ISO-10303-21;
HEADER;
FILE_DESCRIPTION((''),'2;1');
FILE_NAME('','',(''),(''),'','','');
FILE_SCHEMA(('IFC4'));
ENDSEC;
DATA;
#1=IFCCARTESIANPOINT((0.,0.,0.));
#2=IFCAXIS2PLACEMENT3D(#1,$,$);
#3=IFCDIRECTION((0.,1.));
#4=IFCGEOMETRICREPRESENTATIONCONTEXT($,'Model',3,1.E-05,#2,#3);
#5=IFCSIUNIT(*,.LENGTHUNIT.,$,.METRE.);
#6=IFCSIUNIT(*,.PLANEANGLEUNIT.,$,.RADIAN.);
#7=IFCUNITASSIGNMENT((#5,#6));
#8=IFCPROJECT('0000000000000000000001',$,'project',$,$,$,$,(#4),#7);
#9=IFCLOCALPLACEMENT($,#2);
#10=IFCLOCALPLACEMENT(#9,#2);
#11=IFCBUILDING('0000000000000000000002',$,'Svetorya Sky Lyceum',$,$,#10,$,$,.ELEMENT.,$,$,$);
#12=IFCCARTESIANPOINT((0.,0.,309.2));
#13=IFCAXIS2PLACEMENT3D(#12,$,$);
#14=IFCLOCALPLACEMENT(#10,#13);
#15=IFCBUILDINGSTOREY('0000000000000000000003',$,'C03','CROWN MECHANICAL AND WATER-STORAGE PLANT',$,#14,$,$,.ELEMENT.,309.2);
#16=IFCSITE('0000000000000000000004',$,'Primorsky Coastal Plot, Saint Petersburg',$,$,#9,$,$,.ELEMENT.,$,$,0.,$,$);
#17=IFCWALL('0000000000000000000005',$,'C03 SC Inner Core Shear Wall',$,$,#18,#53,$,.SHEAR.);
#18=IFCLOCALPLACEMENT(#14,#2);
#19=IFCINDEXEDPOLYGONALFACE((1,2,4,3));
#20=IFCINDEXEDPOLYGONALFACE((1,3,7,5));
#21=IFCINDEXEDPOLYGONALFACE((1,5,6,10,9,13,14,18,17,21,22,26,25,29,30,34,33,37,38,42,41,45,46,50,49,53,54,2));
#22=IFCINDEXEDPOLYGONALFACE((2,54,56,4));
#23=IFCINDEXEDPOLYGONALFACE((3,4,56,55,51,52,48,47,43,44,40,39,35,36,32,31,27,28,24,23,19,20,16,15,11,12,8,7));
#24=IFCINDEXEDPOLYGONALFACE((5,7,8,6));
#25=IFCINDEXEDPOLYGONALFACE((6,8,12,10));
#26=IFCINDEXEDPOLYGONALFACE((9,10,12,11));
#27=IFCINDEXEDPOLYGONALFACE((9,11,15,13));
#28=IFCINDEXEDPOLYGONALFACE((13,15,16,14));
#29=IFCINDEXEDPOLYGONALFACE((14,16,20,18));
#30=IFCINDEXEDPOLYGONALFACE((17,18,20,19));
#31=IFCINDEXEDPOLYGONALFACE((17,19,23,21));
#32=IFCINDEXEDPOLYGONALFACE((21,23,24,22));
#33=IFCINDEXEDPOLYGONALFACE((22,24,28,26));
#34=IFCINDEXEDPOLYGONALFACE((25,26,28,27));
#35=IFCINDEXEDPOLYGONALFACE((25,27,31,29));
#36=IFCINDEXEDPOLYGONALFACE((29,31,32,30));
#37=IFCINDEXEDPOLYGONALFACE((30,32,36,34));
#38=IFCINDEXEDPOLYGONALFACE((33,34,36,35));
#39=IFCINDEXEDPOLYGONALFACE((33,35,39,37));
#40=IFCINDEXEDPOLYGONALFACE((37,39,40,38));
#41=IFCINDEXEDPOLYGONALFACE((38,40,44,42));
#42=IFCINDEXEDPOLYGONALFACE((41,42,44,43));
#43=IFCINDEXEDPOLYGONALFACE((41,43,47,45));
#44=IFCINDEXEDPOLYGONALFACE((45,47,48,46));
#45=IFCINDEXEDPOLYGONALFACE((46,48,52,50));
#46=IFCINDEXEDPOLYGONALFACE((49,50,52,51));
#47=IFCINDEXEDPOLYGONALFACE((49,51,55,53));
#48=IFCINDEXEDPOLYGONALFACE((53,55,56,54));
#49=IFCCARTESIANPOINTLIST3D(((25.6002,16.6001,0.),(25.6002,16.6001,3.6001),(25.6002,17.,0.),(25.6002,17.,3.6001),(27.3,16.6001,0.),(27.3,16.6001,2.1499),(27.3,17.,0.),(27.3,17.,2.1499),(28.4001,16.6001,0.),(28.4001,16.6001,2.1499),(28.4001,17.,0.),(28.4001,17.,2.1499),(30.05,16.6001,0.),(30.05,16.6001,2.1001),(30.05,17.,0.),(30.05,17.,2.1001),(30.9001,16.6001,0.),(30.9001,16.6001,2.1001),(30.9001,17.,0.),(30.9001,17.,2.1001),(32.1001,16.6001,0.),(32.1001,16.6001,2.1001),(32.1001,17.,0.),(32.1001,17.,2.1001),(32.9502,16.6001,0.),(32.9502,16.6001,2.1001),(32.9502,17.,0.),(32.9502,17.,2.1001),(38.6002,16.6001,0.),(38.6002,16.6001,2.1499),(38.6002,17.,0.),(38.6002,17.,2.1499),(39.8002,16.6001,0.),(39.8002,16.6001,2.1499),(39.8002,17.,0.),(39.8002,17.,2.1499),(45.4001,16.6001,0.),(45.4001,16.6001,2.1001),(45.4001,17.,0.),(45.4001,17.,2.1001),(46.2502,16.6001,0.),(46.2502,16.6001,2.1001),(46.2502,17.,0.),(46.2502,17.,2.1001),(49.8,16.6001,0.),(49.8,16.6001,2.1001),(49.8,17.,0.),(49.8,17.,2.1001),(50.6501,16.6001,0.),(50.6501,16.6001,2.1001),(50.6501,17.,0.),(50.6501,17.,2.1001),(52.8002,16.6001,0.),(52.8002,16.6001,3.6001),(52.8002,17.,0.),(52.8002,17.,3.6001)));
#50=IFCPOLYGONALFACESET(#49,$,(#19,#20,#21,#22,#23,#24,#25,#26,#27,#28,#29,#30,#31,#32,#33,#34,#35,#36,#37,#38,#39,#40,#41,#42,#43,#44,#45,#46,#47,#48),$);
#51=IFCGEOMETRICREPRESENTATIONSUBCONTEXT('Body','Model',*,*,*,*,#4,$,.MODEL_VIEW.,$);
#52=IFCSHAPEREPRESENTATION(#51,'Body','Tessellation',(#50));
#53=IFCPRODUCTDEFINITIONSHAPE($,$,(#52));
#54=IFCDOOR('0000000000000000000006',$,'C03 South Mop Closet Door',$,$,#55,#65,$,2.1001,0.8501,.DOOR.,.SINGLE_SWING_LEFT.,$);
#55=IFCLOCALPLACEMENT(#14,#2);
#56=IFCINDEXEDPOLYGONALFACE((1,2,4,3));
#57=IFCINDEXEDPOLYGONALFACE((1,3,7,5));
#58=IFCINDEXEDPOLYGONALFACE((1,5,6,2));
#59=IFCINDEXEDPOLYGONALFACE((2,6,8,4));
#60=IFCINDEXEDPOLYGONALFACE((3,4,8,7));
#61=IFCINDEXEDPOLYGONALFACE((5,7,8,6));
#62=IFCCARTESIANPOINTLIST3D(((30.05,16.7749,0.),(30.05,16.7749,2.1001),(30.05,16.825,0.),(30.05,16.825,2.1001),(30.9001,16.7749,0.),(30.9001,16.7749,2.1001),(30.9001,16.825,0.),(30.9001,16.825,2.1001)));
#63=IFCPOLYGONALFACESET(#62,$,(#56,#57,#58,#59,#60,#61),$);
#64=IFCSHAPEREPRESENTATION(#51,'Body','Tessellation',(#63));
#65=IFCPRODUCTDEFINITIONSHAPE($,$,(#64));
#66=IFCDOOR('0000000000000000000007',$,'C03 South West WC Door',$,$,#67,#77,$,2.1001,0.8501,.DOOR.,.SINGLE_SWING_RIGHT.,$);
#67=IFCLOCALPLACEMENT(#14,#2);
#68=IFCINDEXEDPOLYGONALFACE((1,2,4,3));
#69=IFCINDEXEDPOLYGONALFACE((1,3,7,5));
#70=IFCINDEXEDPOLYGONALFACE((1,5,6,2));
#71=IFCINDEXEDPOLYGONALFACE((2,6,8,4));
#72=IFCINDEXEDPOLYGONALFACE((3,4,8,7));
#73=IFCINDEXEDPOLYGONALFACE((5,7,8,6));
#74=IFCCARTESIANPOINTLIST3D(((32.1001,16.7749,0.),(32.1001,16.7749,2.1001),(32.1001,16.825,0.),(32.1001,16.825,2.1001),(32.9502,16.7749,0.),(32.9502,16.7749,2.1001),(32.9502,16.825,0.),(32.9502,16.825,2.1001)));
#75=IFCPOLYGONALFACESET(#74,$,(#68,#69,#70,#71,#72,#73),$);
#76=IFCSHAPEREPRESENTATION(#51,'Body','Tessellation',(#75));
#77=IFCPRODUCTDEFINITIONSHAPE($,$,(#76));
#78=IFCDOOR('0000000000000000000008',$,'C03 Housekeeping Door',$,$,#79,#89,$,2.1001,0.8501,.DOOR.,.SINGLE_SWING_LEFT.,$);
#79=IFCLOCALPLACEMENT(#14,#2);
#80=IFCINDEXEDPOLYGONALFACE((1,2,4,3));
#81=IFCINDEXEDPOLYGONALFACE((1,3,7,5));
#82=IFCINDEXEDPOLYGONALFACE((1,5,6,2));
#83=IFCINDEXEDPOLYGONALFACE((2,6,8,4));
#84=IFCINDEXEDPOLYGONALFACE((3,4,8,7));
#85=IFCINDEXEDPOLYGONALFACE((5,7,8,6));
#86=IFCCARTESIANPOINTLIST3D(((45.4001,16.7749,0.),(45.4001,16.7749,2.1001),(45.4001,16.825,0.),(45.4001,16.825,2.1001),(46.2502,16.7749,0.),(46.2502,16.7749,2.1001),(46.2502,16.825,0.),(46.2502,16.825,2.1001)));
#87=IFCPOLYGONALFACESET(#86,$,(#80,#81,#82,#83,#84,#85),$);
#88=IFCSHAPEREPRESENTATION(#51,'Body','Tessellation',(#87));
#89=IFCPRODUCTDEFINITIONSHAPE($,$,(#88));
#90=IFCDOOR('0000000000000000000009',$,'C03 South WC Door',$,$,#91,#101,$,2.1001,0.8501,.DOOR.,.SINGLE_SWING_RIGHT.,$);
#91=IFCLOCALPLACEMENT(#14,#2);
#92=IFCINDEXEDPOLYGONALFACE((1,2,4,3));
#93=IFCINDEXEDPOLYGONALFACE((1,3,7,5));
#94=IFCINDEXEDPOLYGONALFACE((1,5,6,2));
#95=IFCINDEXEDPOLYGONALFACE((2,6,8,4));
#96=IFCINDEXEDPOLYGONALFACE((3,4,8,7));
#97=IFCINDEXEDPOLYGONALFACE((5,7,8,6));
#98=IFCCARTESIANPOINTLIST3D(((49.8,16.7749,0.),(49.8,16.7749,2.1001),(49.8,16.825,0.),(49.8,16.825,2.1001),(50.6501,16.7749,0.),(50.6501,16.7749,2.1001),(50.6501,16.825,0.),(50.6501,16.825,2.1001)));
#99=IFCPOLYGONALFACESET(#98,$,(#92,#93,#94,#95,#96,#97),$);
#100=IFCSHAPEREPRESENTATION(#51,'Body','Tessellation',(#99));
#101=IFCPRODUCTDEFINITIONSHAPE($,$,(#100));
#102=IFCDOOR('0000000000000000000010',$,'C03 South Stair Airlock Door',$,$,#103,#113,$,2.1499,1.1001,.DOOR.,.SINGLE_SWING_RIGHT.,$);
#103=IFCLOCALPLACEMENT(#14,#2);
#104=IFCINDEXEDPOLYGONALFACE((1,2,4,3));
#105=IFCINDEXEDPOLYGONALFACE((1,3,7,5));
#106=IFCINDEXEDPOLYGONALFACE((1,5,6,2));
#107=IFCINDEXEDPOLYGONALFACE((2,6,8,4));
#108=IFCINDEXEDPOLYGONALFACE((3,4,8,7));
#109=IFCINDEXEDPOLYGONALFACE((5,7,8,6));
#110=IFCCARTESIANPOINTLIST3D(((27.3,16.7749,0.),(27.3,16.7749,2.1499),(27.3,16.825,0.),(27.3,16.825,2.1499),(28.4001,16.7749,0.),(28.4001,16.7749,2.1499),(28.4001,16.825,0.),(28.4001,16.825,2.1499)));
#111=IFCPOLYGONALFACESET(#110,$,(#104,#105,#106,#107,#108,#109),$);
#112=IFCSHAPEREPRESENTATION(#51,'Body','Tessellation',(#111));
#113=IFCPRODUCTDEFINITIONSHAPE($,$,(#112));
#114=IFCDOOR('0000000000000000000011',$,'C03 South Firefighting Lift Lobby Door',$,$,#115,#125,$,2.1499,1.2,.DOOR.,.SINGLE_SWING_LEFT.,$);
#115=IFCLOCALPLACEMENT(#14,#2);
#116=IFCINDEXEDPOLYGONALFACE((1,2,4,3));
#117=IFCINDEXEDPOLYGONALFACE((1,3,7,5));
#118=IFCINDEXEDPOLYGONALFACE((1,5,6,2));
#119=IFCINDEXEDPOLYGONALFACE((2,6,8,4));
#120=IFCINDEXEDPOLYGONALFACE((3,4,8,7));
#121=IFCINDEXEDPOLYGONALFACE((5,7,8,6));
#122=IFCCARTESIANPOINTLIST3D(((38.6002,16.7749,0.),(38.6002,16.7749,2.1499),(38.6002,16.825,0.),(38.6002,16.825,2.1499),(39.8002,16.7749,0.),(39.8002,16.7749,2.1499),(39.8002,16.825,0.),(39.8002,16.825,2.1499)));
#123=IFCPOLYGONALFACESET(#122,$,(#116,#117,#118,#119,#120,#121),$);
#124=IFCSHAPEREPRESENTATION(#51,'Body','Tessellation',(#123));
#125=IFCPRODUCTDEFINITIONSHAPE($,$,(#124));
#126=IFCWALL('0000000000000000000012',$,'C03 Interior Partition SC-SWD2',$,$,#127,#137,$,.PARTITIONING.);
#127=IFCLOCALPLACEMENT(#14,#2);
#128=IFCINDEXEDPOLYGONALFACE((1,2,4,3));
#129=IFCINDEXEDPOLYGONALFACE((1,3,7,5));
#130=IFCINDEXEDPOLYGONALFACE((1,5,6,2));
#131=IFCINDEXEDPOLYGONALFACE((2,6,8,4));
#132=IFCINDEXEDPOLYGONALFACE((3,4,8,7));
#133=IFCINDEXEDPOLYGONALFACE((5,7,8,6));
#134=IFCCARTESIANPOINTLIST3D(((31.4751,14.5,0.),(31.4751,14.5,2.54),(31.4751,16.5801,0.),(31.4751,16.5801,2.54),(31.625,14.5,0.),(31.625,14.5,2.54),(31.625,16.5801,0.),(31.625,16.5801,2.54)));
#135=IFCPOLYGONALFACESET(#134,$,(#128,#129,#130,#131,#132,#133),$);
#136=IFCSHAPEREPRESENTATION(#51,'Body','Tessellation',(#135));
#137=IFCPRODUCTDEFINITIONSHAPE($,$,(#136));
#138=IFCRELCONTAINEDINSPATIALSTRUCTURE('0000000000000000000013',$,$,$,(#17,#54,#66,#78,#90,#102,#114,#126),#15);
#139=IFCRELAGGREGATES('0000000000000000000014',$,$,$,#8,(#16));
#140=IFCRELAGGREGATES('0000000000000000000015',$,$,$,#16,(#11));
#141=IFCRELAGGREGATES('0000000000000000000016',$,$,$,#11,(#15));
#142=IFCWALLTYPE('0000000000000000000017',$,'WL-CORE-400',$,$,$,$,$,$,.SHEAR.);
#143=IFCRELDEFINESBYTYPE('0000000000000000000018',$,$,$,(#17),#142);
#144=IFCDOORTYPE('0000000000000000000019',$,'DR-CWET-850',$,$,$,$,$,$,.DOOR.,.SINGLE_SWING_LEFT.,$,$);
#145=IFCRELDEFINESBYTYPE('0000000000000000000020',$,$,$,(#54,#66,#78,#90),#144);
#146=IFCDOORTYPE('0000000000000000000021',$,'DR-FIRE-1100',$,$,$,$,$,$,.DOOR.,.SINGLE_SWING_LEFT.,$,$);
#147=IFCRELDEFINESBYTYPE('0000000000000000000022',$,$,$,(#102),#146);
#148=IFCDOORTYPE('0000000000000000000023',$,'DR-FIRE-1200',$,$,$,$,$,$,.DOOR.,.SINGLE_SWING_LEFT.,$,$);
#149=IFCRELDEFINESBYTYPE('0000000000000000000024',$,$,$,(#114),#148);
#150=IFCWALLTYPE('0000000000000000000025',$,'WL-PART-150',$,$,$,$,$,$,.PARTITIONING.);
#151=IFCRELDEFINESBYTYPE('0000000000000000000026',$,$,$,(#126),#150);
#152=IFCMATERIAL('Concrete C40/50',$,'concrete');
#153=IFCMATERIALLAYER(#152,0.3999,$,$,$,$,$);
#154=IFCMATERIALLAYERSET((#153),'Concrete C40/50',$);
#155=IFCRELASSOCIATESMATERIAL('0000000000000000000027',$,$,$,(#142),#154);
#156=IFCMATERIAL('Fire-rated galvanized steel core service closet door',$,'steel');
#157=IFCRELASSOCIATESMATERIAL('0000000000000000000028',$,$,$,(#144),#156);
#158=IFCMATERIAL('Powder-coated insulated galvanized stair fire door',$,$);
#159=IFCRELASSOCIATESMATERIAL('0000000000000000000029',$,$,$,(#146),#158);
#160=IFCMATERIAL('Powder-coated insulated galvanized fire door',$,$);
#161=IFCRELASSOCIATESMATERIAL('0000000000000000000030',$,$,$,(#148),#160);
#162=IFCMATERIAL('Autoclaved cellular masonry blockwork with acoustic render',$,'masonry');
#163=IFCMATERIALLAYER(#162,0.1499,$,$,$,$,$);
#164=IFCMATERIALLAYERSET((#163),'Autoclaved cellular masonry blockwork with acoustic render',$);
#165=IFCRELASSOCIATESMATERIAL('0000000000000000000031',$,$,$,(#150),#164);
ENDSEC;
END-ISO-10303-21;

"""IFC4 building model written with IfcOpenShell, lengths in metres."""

from ifc_helpers import new_model, si_unit, direction, frame, frame_2d, origin, place, context, subcontext, project, spatial, rectangle, extrude, material, layer, layer_set, type_object, element, fill, save


model = new_model("IFC4")

# Units and contexts
model_context = context("Model", 3, precision=1e-05, world=origin(), true_north=direction((0.0, 1.0)))
body_context = subcontext(model_context, "Body", "Model", "MODEL_VIEW")
ifc_project = project(units=[si_unit("LENGTHUNIT", "METRE"), si_unit("PLANEANGLEUNIT", "RADIAN")], contexts=[model_context])

# Site, building, storey
site_placement = place(None, origin())
site = spatial("IfcSite", under=ifc_project, at=site_placement, Name="Primorsky Coastal Plot, Saint Petersburg", CompositionType="ELEMENT", RefElevation=0.0)
building_placement = place(site_placement, origin())
building = spatial("IfcBuilding", under=site, at=building_placement, Name="Svetorya Sky Lyceum", CompositionType="ELEMENT")
storey_placement = place(building_placement, frame((0.0, 0.0, 309.2)))
storey = spatial("IfcBuildingStorey", under=building, at=storey_placement, Name="C03", Description="CROWN MECHANICAL AND WATER-STORAGE PLANT", CompositionType="ELEMENT", Elevation=309.2)

# Shared definitions
ifc_material_1 = material(Name="Concrete C40/50", Category="concrete")

# Wall, openings, doors
ifc_layer_1 = layer(ifc_material_1, 0.3999)
ifc_layer_set_1 = layer_set([ifc_layer_1], Name="Concrete C40/50")
wall_type_1 = type_object("IfcWallType", Name="WL-CORE-400", PredefinedType="SHEAR", material=ifc_layer_set_1)
wall_1_placement = place(storey_placement, frame((25.6001, 16.8, 0.0), z_axis=(0.0, 0.0, 1.0), x_axis=(1.0, 0.0, 0.0)))
wall_1 = element("IfcWall", 1, at=wall_1_placement, inside=storey, type_object=wall_type_1, Name="C03 SC Inner Core Shear Wall", PredefinedType="SHEAR", context=body_context, shape_type="SweptSolid", body=[
    extrude(rectangle(XDim=27.2, YDim=0.3999, at=frame_2d((13.6001, 0.0))), origin(), (0.0, 0.0, 1.0), 3.6001),
])
opening_1_placement = place(wall_1_placement, frame((1.7, 0.0, 0.0)))
opening_1 = element("IfcOpeningElement", 2, at=opening_1_placement, cuts=wall_1, PredefinedType="OPENING", context=body_context, shape_type="SweptSolid", body=[
    extrude(rectangle(XDim=1.1001, YDim=2.1499, at=frame_2d((0.55, 1.075))), frame((0.0, 0.21, 0.0), z_axis=(0.0, -1.0, 0.0), x_axis=(1.0, 0.0, 0.0)), (0.0, 0.0, 1.0), 0.4199),
])
opening_2_placement = place(wall_1_placement, frame((4.45, 0.0, 0.0)))
opening_2 = element("IfcOpeningElement", 3, at=opening_2_placement, cuts=wall_1, PredefinedType="OPENING", context=body_context, shape_type="SweptSolid", body=[
    extrude(rectangle(XDim=0.8501, YDim=2.1001, at=frame_2d((0.425, 1.05))), frame((0.0, 0.21, 0.0), z_axis=(0.0, -1.0, 0.0), x_axis=(1.0, 0.0, 0.0)), (0.0, 0.0, 1.0), 0.4199),
])
opening_3_placement = place(wall_1_placement, frame((6.5, 0.0, 0.0)))
opening_3 = element("IfcOpeningElement", 4, at=opening_3_placement, cuts=wall_1, PredefinedType="OPENING", context=body_context, shape_type="SweptSolid", body=[
    extrude(rectangle(XDim=0.8501, YDim=2.1001, at=frame_2d((0.425, 1.05))), frame((0.0, 0.21, 0.0), z_axis=(0.0, -1.0, 0.0), x_axis=(1.0, 0.0, 0.0)), (0.0, 0.0, 1.0), 0.4199),
])
opening_4_placement = place(wall_1_placement, frame((13.0, 0.0, 0.0)))
opening_4 = element("IfcOpeningElement", 5, at=opening_4_placement, cuts=wall_1, PredefinedType="OPENING", context=body_context, shape_type="SweptSolid", body=[
    extrude(rectangle(XDim=1.2, YDim=2.1499, at=frame_2d((0.6001, 1.075))), frame((0.0, 0.21, 0.0), z_axis=(0.0, -1.0, 0.0), x_axis=(1.0, 0.0, 0.0)), (0.0, 0.0, 1.0), 0.4199),
])
opening_5_placement = place(wall_1_placement, frame((19.8, 0.0, 0.0)))
opening_5 = element("IfcOpeningElement", 6, at=opening_5_placement, cuts=wall_1, PredefinedType="OPENING", context=body_context, shape_type="SweptSolid", body=[
    extrude(rectangle(XDim=0.8501, YDim=2.1001, at=frame_2d((0.425, 1.05))), frame((0.0, 0.21, 0.0), z_axis=(0.0, -1.0, 0.0), x_axis=(1.0, 0.0, 0.0)), (0.0, 0.0, 1.0), 0.4199),
])
opening_6_placement = place(wall_1_placement, frame((24.2, 0.0, 0.0)))
opening_6 = element("IfcOpeningElement", 7, at=opening_6_placement, cuts=wall_1, PredefinedType="OPENING", context=body_context, shape_type="SweptSolid", body=[
    extrude(rectangle(XDim=0.8501, YDim=2.1001, at=frame_2d((0.425, 1.05))), frame((0.0, 0.21, 0.0), z_axis=(0.0, -1.0, 0.0), x_axis=(1.0, 0.0, 0.0)), (0.0, 0.0, 1.0), 0.4199),
])
ifc_material_2 = material(Name="Fire-rated galvanized steel core service closet door", Category="steel")
door_type_1 = type_object("IfcDoorType", Name="DR-CWET-850", OperationType="SINGLE_SWING_LEFT", PredefinedType="DOOR", material=ifc_material_2)
door_1_placement = place(opening_2_placement, origin())
door_1 = element("IfcDoor", 8, at=door_1_placement, inside=storey, type_object=door_type_1, Name="C03 South Mop Closet Door", OperationType="SINGLE_SWING_LEFT", OverallHeight=2.1001, OverallWidth=0.8501, PredefinedType="DOOR", context=body_context, shape_type="SweptSolid", body=[
    extrude(rectangle(XDim=0.8501, YDim=2.1001, at=frame_2d((0.425, 1.05))), frame((0.0, 0.0249, 0.0), z_axis=(0.0, -1.0, 0.0), x_axis=(1.0, 0.0, 0.0)), (0.0, 0.0, 1.0), 0.05),
])
fill(opening_2, door_1)
door_2_placement = place(opening_3_placement, origin())
door_2 = element("IfcDoor", 9, at=door_2_placement, inside=storey, type_object=door_type_1, Name="C03 South West WC Door", OperationType="SINGLE_SWING_RIGHT", OverallHeight=2.1001, OverallWidth=0.8501, PredefinedType="DOOR", context=body_context, shape_type="SweptSolid", body=[
    extrude(rectangle(XDim=0.8501, YDim=2.1001, at=frame_2d((0.425, 1.05))), frame((0.0, 0.0249, 0.0), z_axis=(0.0, -1.0, 0.0), x_axis=(1.0, 0.0, 0.0)), (0.0, 0.0, 1.0), 0.05),
])
fill(opening_3, door_2)
door_3_placement = place(opening_5_placement, origin())
door_3 = element("IfcDoor", 10, at=door_3_placement, inside=storey, type_object=door_type_1, Name="C03 Housekeeping Door", OperationType="SINGLE_SWING_LEFT", OverallHeight=2.1001, OverallWidth=0.8501, PredefinedType="DOOR", context=body_context, shape_type="SweptSolid", body=[
    extrude(rectangle(XDim=0.8501, YDim=2.1001, at=frame_2d((0.425, 1.05))), frame((0.0, 0.0249, 0.0), z_axis=(0.0, -1.0, 0.0), x_axis=(1.0, 0.0, 0.0)), (0.0, 0.0, 1.0), 0.05),
])
fill(opening_5, door_3)
door_4_placement = place(opening_6_placement, origin())
door_4 = element("IfcDoor", 11, at=door_4_placement, inside=storey, type_object=door_type_1, Name="C03 South WC Door", OperationType="SINGLE_SWING_RIGHT", OverallHeight=2.1001, OverallWidth=0.8501, PredefinedType="DOOR", context=body_context, shape_type="SweptSolid", body=[
    extrude(rectangle(XDim=0.8501, YDim=2.1001, at=frame_2d((0.425, 1.05))), frame((0.0, 0.0249, 0.0), z_axis=(0.0, -1.0, 0.0), x_axis=(1.0, 0.0, 0.0)), (0.0, 0.0, 1.0), 0.05),
])
fill(opening_6, door_4)
ifc_material_3 = material(Name="Powder-coated insulated galvanized stair fire door")
door_type_2 = type_object("IfcDoorType", Name="DR-FIRE-1100", OperationType="SINGLE_SWING_LEFT", PredefinedType="DOOR", material=ifc_material_3)
door_5_placement = place(opening_1_placement, origin())
door_5 = element("IfcDoor", 12, at=door_5_placement, inside=storey, type_object=door_type_2, Name="C03 South Stair Airlock Door", OperationType="SINGLE_SWING_RIGHT", OverallHeight=2.1499, OverallWidth=1.1001, PredefinedType="DOOR", context=body_context, shape_type="SweptSolid", body=[
    extrude(rectangle(XDim=1.1001, YDim=2.1499, at=frame_2d((0.55, 1.075))), frame((0.0, 0.0249, 0.0), z_axis=(0.0, -1.0, 0.0), x_axis=(1.0, 0.0, 0.0)), (0.0, 0.0, 1.0), 0.05),
])
fill(opening_1, door_5)
ifc_material_4 = material(Name="Powder-coated insulated galvanized fire door")
door_type_3 = type_object("IfcDoorType", Name="DR-FIRE-1200", OperationType="SINGLE_SWING_LEFT", PredefinedType="DOOR", material=ifc_material_4)
door_6_placement = place(opening_4_placement, origin())
door_6 = element("IfcDoor", 13, at=door_6_placement, inside=storey, type_object=door_type_3, Name="C03 South Firefighting Lift Lobby Door", OperationType="SINGLE_SWING_LEFT", OverallHeight=2.1499, OverallWidth=1.2, PredefinedType="DOOR", context=body_context, shape_type="SweptSolid", body=[
    extrude(rectangle(XDim=1.2, YDim=2.1499, at=frame_2d((0.6001, 1.075))), frame((0.0, 0.0249, 0.0), z_axis=(0.0, -1.0, 0.0), x_axis=(1.0, 0.0, 0.0)), (0.0, 0.0, 1.0), 0.05),
])
fill(opening_4, door_6)

# Wall
ifc_material_5 = material(Name="Autoclaved cellular masonry blockwork with acoustic render", Category="masonry")
ifc_layer_2 = layer(ifc_material_5, 0.1499)
ifc_layer_set_2 = layer_set([ifc_layer_2], Name="Autoclaved cellular masonry blockwork with acoustic render")
wall_type_2 = type_object("IfcWallType", Name="WL-PART-150", PredefinedType="PARTITIONING", material=ifc_layer_set_2)
wall_2_placement = place(storey_placement, frame((31.55, 14.5, 0.0), z_axis=(0.0, 0.0, 1.0), x_axis=(0.0, 1.0, 0.0)))
element("IfcWall", 14, at=wall_2_placement, inside=storey, type_object=wall_type_2, Name="C03 Interior Partition SC-SWD2", PredefinedType="PARTITIONING", context=body_context, shape_type="SweptSolid", body=[
    extrude(rectangle(XDim=2.0801, YDim=0.1499, at=frame_2d((1.04, 0.0))), origin(), (0.0, 0.0, 1.0), 2.54),
])

save(model, "model.ifc")
